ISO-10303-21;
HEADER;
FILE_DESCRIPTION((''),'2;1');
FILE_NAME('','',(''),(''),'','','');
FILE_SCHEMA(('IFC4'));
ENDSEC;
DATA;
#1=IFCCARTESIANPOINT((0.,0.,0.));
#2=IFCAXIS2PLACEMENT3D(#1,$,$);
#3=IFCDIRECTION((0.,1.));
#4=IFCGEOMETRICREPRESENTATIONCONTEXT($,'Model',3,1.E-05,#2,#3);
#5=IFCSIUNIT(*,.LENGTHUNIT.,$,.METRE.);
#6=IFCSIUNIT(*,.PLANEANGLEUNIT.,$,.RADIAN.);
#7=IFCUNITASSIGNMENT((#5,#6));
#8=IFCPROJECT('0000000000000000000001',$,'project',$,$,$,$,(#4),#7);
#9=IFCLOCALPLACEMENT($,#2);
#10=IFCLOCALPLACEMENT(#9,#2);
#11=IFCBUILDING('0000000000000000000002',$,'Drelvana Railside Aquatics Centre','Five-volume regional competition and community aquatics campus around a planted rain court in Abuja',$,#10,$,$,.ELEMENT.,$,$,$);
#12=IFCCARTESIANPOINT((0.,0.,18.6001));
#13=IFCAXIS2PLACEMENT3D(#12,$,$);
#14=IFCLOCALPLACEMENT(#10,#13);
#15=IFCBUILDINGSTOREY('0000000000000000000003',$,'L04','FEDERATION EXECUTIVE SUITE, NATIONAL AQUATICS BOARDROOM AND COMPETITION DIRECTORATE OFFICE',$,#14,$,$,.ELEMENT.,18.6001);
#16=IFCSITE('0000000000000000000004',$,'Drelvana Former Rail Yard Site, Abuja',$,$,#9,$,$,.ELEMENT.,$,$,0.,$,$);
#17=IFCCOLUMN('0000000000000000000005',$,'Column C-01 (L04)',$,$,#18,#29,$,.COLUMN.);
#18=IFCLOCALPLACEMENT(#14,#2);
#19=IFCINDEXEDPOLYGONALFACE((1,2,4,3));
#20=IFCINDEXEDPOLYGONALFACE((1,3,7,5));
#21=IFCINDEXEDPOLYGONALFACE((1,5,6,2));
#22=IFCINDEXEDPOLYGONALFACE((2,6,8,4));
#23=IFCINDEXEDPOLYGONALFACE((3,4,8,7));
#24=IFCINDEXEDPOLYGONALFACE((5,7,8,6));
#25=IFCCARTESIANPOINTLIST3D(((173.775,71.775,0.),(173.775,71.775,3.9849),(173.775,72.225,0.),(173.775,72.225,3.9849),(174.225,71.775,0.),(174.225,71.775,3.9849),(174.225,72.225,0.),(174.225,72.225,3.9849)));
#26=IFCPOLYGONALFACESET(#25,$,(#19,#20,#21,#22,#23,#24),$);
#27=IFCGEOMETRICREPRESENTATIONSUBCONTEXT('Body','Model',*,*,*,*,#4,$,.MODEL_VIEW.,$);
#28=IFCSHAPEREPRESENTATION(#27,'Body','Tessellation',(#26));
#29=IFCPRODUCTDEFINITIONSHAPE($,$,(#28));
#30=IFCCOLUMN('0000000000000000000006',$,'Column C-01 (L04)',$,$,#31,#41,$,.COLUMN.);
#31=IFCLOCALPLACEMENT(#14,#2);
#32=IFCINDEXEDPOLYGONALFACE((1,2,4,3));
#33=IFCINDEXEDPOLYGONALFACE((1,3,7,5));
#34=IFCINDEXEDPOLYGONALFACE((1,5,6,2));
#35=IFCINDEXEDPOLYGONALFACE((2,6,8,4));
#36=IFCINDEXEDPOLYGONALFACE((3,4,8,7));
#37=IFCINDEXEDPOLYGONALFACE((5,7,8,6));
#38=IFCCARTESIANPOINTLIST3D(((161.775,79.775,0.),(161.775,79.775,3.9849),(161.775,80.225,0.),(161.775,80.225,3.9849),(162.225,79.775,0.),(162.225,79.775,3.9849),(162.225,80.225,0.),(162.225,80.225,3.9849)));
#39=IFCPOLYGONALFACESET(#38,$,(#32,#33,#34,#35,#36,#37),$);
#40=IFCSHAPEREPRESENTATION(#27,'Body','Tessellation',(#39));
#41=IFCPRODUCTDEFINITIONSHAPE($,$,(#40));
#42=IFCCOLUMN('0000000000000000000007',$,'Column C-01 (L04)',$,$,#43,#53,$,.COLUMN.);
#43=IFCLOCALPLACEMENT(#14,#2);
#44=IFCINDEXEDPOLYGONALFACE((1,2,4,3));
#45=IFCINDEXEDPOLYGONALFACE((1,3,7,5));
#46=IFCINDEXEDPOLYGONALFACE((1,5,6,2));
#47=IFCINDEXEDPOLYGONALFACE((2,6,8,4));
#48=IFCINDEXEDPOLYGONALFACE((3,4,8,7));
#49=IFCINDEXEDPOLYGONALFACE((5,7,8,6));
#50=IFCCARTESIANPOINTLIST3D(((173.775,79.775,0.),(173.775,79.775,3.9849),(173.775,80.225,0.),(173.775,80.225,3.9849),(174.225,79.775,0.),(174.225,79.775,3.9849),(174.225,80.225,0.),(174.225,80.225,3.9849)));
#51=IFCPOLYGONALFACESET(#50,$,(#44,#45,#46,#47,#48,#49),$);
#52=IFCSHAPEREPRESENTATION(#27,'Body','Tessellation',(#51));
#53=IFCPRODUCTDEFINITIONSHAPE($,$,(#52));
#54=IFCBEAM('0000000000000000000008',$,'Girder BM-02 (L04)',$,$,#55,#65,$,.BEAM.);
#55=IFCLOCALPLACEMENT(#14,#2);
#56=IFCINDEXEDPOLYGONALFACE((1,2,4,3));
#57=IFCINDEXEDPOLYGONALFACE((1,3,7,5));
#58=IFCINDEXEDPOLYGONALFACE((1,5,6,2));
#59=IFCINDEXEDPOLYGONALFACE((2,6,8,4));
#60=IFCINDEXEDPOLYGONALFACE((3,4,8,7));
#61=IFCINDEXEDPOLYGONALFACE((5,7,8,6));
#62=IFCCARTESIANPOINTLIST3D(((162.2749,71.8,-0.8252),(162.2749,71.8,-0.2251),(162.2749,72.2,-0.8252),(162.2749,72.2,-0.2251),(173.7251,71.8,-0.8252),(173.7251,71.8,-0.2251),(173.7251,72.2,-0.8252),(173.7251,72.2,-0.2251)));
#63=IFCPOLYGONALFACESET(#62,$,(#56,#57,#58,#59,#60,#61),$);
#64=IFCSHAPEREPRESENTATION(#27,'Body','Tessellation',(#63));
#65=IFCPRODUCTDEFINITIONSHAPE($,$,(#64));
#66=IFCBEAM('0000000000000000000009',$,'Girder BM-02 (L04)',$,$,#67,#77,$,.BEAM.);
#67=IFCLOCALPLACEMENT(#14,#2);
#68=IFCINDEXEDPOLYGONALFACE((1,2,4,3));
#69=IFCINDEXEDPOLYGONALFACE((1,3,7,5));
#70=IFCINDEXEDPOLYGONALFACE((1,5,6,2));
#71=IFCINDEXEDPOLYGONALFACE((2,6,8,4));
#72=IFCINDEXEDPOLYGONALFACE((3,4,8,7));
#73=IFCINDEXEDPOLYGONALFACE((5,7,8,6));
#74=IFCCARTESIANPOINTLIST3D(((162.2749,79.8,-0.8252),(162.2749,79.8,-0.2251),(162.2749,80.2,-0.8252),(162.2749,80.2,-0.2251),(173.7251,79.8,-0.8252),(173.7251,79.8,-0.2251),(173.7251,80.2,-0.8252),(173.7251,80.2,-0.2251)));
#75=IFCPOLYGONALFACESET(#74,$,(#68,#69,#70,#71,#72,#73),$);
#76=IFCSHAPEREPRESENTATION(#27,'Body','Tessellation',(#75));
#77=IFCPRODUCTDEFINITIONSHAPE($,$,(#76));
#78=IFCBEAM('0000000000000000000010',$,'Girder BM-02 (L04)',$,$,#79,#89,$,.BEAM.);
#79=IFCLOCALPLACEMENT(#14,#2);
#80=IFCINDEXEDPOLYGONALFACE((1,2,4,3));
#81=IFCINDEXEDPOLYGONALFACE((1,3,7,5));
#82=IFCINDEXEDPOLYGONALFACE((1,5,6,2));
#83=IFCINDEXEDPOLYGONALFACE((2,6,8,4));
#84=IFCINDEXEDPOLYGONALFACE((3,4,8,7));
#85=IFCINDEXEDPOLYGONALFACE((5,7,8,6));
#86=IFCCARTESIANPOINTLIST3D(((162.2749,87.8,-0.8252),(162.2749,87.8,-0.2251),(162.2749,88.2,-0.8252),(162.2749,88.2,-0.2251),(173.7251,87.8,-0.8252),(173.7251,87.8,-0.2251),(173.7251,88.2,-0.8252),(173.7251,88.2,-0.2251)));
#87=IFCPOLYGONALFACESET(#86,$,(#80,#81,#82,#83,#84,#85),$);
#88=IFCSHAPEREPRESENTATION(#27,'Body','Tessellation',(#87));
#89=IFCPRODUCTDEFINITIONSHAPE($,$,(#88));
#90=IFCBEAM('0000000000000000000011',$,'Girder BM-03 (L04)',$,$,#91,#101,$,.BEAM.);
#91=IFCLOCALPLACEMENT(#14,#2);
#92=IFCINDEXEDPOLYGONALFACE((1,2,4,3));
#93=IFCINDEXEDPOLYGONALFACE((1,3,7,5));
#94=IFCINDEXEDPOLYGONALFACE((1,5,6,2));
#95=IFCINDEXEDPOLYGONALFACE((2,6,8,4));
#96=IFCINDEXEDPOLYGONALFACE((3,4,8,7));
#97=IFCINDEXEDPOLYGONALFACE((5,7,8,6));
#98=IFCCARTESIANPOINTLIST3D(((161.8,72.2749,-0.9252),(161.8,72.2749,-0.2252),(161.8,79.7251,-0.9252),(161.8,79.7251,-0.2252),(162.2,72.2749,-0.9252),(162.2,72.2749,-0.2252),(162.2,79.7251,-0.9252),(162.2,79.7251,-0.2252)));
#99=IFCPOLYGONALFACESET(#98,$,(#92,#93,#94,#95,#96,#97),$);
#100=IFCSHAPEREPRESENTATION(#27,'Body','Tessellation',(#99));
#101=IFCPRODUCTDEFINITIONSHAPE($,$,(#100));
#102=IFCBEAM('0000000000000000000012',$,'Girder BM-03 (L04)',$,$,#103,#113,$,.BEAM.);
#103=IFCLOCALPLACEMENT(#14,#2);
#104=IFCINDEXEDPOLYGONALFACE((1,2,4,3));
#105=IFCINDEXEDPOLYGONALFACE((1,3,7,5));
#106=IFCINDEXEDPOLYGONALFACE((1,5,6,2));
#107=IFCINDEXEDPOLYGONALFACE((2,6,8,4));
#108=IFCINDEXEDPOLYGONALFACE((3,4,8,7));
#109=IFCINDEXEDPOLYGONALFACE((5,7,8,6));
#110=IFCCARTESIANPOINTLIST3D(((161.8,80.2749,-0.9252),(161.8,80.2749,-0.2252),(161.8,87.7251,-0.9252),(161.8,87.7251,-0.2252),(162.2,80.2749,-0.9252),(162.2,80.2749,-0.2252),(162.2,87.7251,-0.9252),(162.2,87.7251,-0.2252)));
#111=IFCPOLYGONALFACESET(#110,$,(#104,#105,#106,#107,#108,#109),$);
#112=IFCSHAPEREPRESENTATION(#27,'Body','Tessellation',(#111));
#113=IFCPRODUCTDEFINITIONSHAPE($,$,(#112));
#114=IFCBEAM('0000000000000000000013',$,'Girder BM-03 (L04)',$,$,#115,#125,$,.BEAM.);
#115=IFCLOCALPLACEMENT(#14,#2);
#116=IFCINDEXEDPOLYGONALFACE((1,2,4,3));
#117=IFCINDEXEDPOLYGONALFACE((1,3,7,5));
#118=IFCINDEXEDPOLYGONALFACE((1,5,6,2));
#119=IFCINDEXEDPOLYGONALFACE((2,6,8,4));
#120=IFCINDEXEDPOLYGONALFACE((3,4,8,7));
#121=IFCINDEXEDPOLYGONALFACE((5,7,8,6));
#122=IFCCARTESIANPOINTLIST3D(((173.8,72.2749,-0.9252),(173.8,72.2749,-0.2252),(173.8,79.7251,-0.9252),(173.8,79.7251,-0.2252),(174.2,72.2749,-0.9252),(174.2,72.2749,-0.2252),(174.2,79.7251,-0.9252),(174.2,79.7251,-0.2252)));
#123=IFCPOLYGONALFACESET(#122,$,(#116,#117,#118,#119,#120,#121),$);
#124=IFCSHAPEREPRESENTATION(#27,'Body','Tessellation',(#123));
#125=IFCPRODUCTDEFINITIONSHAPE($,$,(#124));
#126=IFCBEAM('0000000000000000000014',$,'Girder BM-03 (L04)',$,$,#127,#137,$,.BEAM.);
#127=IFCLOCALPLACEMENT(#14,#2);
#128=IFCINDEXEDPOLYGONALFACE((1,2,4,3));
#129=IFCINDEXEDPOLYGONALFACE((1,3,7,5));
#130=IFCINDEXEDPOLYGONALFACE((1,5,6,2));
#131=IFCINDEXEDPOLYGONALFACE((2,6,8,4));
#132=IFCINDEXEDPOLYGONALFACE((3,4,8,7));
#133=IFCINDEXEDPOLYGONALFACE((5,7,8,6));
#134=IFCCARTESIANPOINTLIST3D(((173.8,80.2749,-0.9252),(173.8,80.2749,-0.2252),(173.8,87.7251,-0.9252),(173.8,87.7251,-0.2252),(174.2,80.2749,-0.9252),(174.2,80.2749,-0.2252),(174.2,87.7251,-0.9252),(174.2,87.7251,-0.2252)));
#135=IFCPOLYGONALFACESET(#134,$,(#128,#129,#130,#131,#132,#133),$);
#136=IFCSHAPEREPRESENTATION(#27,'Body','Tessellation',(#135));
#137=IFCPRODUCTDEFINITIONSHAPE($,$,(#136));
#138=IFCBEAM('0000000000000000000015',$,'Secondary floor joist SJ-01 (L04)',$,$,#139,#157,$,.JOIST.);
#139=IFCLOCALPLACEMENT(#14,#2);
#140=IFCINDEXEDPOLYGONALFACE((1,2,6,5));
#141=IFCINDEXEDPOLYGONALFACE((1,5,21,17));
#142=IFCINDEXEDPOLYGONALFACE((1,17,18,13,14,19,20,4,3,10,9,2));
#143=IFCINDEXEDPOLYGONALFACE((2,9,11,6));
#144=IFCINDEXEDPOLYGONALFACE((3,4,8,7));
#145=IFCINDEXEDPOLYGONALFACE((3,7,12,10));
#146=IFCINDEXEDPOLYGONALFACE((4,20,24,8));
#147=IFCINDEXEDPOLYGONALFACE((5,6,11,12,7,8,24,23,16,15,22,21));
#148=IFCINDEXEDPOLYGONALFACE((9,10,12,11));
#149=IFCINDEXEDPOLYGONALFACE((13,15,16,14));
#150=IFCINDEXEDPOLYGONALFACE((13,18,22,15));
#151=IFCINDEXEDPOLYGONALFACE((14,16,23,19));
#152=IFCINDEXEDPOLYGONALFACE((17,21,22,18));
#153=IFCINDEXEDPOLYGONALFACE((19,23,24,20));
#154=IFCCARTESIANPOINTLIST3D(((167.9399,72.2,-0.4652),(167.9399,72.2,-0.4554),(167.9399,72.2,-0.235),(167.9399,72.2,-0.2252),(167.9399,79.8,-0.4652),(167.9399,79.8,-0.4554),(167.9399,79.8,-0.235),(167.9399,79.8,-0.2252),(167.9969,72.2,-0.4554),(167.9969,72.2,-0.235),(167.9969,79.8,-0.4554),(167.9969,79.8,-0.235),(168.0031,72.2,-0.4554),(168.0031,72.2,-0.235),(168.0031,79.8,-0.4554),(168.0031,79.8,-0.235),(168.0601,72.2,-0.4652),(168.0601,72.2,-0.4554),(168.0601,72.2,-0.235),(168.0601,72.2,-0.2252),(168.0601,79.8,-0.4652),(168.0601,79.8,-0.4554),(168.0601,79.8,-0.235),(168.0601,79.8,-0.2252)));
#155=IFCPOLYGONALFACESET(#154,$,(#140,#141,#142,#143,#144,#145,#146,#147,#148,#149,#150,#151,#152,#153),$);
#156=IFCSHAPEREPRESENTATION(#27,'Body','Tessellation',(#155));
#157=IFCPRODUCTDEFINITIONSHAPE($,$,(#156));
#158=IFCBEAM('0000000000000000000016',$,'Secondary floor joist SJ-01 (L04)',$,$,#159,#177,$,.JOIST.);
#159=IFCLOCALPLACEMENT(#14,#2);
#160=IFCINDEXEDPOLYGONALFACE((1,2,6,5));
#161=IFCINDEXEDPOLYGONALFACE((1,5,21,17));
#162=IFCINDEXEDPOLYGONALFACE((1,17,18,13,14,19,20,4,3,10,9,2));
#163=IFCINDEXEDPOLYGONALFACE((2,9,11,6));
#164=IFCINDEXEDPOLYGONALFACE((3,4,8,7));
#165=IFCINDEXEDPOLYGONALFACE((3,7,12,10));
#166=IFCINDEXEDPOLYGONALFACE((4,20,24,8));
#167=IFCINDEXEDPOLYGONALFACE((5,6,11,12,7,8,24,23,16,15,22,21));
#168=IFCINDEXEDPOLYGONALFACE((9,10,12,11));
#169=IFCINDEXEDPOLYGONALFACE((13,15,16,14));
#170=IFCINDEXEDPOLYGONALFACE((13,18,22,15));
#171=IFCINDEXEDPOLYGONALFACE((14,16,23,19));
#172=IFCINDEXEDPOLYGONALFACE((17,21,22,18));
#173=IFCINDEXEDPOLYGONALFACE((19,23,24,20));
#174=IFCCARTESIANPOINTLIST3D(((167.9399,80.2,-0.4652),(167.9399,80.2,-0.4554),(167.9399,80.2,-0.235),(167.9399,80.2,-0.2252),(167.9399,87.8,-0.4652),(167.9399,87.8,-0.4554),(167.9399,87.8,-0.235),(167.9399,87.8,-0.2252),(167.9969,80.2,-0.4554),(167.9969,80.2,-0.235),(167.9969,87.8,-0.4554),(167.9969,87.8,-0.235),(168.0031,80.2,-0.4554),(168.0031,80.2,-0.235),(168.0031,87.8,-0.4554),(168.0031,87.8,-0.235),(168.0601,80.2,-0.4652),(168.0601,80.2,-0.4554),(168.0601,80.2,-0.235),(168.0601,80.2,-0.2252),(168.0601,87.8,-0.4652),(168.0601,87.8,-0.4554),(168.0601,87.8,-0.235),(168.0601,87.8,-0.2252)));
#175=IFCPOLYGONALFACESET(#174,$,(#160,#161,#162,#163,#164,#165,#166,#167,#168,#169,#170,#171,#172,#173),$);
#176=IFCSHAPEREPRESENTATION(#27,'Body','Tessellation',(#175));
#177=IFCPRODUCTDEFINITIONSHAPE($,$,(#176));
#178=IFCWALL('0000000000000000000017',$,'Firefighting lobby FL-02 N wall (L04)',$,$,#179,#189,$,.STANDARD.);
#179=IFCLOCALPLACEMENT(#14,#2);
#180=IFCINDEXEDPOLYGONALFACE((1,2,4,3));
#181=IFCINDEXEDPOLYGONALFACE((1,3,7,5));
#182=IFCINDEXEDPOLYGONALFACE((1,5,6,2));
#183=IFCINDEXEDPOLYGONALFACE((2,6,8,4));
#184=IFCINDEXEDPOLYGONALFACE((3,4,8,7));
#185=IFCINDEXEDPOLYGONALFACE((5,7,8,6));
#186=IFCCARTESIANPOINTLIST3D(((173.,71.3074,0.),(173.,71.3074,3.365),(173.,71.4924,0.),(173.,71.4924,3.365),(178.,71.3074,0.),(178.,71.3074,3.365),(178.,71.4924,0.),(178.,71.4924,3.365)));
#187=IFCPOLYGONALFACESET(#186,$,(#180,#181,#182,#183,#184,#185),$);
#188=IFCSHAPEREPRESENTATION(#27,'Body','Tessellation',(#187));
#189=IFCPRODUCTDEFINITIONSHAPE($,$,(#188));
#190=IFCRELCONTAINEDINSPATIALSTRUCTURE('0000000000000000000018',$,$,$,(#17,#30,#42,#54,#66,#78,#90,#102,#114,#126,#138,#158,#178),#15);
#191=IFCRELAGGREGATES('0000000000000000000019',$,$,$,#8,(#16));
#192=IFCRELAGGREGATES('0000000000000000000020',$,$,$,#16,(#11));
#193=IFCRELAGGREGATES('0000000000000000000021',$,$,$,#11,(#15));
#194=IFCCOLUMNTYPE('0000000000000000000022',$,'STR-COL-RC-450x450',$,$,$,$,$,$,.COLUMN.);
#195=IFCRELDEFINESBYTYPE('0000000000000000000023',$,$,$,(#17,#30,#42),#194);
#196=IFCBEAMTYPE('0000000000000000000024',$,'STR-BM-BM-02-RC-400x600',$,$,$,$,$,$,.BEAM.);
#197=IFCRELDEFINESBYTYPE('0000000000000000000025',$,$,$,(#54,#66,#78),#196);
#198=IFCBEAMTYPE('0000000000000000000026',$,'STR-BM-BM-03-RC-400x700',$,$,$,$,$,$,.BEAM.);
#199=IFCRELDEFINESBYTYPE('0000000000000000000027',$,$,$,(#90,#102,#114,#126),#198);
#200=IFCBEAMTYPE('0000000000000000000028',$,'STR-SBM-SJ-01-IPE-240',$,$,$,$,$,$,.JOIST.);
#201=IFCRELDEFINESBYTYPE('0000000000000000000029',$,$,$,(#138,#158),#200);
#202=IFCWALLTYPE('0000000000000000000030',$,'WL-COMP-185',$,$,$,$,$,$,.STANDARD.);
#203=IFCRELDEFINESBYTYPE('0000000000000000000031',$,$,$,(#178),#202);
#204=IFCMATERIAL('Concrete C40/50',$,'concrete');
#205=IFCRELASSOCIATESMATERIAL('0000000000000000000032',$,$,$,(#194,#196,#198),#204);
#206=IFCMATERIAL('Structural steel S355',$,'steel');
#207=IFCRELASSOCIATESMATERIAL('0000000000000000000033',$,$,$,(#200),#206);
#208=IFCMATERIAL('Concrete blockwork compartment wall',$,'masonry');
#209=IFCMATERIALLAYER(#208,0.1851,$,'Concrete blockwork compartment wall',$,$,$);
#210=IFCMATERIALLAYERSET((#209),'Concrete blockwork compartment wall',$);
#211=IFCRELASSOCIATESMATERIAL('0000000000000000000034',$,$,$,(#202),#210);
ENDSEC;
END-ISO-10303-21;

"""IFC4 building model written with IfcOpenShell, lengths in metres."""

from ifc_helpers import new_model, si_unit, direction, frame, frame_2d, origin, origin_2d, place, context, subcontext, project, spatial, rectangle, i_section, extrude, material, layer, layer_set, material_profile, profile_set, type_object, element, save


model = new_model("IFC4")

# Units and contexts
model_context = context("Model", 3, precision=1e-05, world=origin(), true_north=direction((0.0, 1.0)))
body_context = subcontext(model_context, "Body", "Model", "MODEL_VIEW")
ifc_project = project(units=[si_unit("LENGTHUNIT", "METRE"), si_unit("PLANEANGLEUNIT", "RADIAN")], contexts=[model_context])

# Site, building, storey
site_placement = place(None, origin())
site = spatial("IfcSite", under=ifc_project, at=site_placement, Name="Drelvana Former Rail Yard Site, Abuja", CompositionType="ELEMENT", RefElevation=0.0)
building_placement = place(site_placement, origin())
building = spatial("IfcBuilding", under=site, at=building_placement, Name="Drelvana Railside Aquatics Centre", Description="Five-volume regional competition and community aquatics campus around a planted rain court in Abuja", CompositionType="ELEMENT")
storey_placement = place(building_placement, frame((0.0, 0.0, 18.6001)))
storey = spatial("IfcBuildingStorey", under=building, at=storey_placement, Name="L04", Description="FEDERATION EXECUTIVE SUITE, NATIONAL AQUATICS BOARDROOM AND COMPETITION DIRECTORATE OFFICE", CompositionType="ELEMENT", Elevation=18.6001)

# Columns
ifc_material_1 = material(Name="Concrete C40/50", Category="concrete")
ifc_material_profile_1 = material_profile(ifc_material_1, rectangle(XDim=0.45, YDim=0.45, at=origin_2d()), Name="RC 450x450")
ifc_profile_set_1 = profile_set([ifc_material_profile_1], Name="Concrete C40/50")
column_type = type_object("IfcColumnType", Name="STR-COL-RC-450x450", PredefinedType="COLUMN", material=ifc_profile_set_1)
for number, where, z_axis, x_axis, name in (
    (1, (174.0, 72.0, 0.0), (0.0, 0.0, 1.0), (1.0, 0.0, 0.0), "Column C-01 (L04)"),
    (2, (162.0, 80.0, 0.0), (0.0, 0.0, 1.0), (1.0, 0.0, 0.0), "Column C-01 (L04)"),
    (3, (174.0, 80.0, 0.0), (0.0, 0.0, 1.0), (1.0, 0.0, 0.0), "Column C-01 (L04)"),
):
    element("IfcColumn", number, at=place(storey_placement, frame(where, z_axis=z_axis, x_axis=x_axis)), inside=storey, type_object=column_type, Name=name, PredefinedType="COLUMN", context=body_context, shape_type="SweptSolid", body=[
        extrude(rectangle(XDim=0.45, YDim=0.45, at=origin_2d()), origin(), (0.0, 0.0, 1.0), 3.9849),
    ])

# Beams
ifc_material_profile_2 = material_profile(ifc_material_1, rectangle(XDim=0.3999, YDim=0.6001, at=origin_2d()), Name="RC 400x600")
ifc_profile_set_2 = profile_set([ifc_material_profile_2], Name="Concrete C40/50")
beam_type_1 = type_object("IfcBeamType", Name="STR-BM-BM-02-RC-400x600", PredefinedType="BEAM", material=ifc_profile_set_2)
for number, where, z_axis, x_axis, name in (
    (4, (162.2749, 72.0, -0.5251), (1.0, 0.0, 0.0), (0.0, 1.0, 0.0), "Girder BM-02 (L04)"),
    (5, (162.2749, 80.0, -0.5251), (1.0, 0.0, 0.0), (0.0, 1.0, 0.0), "Girder BM-02 (L04)"),
    (6, (162.2749, 88.0, -0.5251), (1.0, 0.0, 0.0), (0.0, 1.0, 0.0), "Girder BM-02 (L04)"),
):
    element("IfcBeam", number, at=place(storey_placement, frame(where, z_axis=z_axis, x_axis=x_axis)), inside=storey, type_object=beam_type_1, Name=name, PredefinedType="BEAM", context=body_context, shape_type="SweptSolid", body=[
        extrude(rectangle(XDim=0.3999, YDim=0.6001, at=origin_2d()), origin(), (0.0, 0.0, 1.0), 11.4502),
    ])
ifc_material_profile_3 = material_profile(ifc_material_1, rectangle(XDim=0.3999, YDim=0.7, at=origin_2d()), Name="RC 400x700")
ifc_profile_set_3 = profile_set([ifc_material_profile_3], Name="Concrete C40/50")
beam_type_2 = type_object("IfcBeamType", Name="STR-BM-BM-03-RC-400x700", PredefinedType="BEAM", material=ifc_profile_set_3)
for number, where, z_axis, x_axis, name in (
    (7, (162.0, 72.2749, -0.5752), (0.0, 1.0, 0.0), (-1.0, 0.0, 0.0), "Girder BM-03 (L04)"),
    (8, (162.0, 80.2749, -0.5752), (0.0, 1.0, 0.0), (-1.0, 0.0, 0.0), "Girder BM-03 (L04)"),
    (9, (174.0, 72.2749, -0.5752), (0.0, 1.0, 0.0), (-1.0, 0.0, 0.0), "Girder BM-03 (L04)"),
    (10, (174.0, 80.2749, -0.5752), (0.0, 1.0, 0.0), (-1.0, 0.0, 0.0), "Girder BM-03 (L04)"),
):
    element("IfcBeam", number, at=place(storey_placement, frame(where, z_axis=z_axis, x_axis=x_axis)), inside=storey, type_object=beam_type_2, Name=name, PredefinedType="BEAM", context=body_context, shape_type="SweptSolid", body=[
        extrude(rectangle(XDim=0.3999, YDim=0.7, at=origin_2d()), origin(), (0.0, 0.0, 1.0), 7.4502),
    ])
ifc_material_2 = material(Name="Structural steel S355", Category="steel")
ifc_material_profile_4 = material_profile(ifc_material_2, i_section(OverallWidth=0.1201, OverallDepth=0.24, WebThickness=0.0061, FlangeThickness=0.0098, at=origin_2d()), Name="IPE 240")
ifc_profile_set_4 = profile_set([ifc_material_profile_4], Name="Structural steel S355")
beam_type_3 = type_object("IfcBeamType", Name="STR-SBM-SJ-01-IPE-240", PredefinedType="JOIST", material=ifc_profile_set_4)
for number, where, z_axis, x_axis, name in (
    (11, (168.0, 72.2, -0.3452), (0.0, 1.0, 0.0), (-1.0, 0.0, 0.0), "Secondary floor joist SJ-01 (L04)"),
    (12, (168.0, 80.2, -0.3452), (0.0, 1.0, 0.0), (-1.0, 0.0, 0.0), "Secondary floor joist SJ-01 (L04)"),
):
    element("IfcBeam", number, at=place(storey_placement, frame(where, z_axis=z_axis, x_axis=x_axis)), inside=storey, type_object=beam_type_3, Name=name, PredefinedType="JOIST", context=body_context, shape_type="SweptSolid", body=[
        extrude(i_section(OverallWidth=0.1201, OverallDepth=0.24, WebThickness=0.0061, FlangeThickness=0.0098, at=origin_2d()), origin(), (0.0, 0.0, 1.0), 7.6001),
    ])

# Wall
ifc_material_3 = material(Name="Concrete blockwork compartment wall", Category="masonry")
ifc_layer_1 = layer(ifc_material_3, 0.1851, Name="Concrete blockwork compartment wall")
ifc_layer_set_1 = layer_set([ifc_layer_1], Name="Concrete blockwork compartment wall")
wall_type_1 = type_object("IfcWallType", Name="WL-COMP-185", PredefinedType="STANDARD", material=ifc_layer_set_1)
wall_1_placement = place(storey_placement, frame((173.0, 71.3999, 0.0), z_axis=(0.0, 0.0, 1.0), x_axis=(1.0, 0.0, 0.0)))
element("IfcWall", 13, at=wall_1_placement, inside=storey, type_object=wall_type_1, Name="Firefighting lobby FL-02 N wall (L04)", PredefinedType="STANDARD", context=body_context, shape_type="SweptSolid", body=[
    extrude(rectangle(XDim=5.0, YDim=0.1851, at=frame_2d((2.5, 0.0))), origin(), (0.0, 0.0, 1.0), 3.365),
])

save(model, "model.ifc")
